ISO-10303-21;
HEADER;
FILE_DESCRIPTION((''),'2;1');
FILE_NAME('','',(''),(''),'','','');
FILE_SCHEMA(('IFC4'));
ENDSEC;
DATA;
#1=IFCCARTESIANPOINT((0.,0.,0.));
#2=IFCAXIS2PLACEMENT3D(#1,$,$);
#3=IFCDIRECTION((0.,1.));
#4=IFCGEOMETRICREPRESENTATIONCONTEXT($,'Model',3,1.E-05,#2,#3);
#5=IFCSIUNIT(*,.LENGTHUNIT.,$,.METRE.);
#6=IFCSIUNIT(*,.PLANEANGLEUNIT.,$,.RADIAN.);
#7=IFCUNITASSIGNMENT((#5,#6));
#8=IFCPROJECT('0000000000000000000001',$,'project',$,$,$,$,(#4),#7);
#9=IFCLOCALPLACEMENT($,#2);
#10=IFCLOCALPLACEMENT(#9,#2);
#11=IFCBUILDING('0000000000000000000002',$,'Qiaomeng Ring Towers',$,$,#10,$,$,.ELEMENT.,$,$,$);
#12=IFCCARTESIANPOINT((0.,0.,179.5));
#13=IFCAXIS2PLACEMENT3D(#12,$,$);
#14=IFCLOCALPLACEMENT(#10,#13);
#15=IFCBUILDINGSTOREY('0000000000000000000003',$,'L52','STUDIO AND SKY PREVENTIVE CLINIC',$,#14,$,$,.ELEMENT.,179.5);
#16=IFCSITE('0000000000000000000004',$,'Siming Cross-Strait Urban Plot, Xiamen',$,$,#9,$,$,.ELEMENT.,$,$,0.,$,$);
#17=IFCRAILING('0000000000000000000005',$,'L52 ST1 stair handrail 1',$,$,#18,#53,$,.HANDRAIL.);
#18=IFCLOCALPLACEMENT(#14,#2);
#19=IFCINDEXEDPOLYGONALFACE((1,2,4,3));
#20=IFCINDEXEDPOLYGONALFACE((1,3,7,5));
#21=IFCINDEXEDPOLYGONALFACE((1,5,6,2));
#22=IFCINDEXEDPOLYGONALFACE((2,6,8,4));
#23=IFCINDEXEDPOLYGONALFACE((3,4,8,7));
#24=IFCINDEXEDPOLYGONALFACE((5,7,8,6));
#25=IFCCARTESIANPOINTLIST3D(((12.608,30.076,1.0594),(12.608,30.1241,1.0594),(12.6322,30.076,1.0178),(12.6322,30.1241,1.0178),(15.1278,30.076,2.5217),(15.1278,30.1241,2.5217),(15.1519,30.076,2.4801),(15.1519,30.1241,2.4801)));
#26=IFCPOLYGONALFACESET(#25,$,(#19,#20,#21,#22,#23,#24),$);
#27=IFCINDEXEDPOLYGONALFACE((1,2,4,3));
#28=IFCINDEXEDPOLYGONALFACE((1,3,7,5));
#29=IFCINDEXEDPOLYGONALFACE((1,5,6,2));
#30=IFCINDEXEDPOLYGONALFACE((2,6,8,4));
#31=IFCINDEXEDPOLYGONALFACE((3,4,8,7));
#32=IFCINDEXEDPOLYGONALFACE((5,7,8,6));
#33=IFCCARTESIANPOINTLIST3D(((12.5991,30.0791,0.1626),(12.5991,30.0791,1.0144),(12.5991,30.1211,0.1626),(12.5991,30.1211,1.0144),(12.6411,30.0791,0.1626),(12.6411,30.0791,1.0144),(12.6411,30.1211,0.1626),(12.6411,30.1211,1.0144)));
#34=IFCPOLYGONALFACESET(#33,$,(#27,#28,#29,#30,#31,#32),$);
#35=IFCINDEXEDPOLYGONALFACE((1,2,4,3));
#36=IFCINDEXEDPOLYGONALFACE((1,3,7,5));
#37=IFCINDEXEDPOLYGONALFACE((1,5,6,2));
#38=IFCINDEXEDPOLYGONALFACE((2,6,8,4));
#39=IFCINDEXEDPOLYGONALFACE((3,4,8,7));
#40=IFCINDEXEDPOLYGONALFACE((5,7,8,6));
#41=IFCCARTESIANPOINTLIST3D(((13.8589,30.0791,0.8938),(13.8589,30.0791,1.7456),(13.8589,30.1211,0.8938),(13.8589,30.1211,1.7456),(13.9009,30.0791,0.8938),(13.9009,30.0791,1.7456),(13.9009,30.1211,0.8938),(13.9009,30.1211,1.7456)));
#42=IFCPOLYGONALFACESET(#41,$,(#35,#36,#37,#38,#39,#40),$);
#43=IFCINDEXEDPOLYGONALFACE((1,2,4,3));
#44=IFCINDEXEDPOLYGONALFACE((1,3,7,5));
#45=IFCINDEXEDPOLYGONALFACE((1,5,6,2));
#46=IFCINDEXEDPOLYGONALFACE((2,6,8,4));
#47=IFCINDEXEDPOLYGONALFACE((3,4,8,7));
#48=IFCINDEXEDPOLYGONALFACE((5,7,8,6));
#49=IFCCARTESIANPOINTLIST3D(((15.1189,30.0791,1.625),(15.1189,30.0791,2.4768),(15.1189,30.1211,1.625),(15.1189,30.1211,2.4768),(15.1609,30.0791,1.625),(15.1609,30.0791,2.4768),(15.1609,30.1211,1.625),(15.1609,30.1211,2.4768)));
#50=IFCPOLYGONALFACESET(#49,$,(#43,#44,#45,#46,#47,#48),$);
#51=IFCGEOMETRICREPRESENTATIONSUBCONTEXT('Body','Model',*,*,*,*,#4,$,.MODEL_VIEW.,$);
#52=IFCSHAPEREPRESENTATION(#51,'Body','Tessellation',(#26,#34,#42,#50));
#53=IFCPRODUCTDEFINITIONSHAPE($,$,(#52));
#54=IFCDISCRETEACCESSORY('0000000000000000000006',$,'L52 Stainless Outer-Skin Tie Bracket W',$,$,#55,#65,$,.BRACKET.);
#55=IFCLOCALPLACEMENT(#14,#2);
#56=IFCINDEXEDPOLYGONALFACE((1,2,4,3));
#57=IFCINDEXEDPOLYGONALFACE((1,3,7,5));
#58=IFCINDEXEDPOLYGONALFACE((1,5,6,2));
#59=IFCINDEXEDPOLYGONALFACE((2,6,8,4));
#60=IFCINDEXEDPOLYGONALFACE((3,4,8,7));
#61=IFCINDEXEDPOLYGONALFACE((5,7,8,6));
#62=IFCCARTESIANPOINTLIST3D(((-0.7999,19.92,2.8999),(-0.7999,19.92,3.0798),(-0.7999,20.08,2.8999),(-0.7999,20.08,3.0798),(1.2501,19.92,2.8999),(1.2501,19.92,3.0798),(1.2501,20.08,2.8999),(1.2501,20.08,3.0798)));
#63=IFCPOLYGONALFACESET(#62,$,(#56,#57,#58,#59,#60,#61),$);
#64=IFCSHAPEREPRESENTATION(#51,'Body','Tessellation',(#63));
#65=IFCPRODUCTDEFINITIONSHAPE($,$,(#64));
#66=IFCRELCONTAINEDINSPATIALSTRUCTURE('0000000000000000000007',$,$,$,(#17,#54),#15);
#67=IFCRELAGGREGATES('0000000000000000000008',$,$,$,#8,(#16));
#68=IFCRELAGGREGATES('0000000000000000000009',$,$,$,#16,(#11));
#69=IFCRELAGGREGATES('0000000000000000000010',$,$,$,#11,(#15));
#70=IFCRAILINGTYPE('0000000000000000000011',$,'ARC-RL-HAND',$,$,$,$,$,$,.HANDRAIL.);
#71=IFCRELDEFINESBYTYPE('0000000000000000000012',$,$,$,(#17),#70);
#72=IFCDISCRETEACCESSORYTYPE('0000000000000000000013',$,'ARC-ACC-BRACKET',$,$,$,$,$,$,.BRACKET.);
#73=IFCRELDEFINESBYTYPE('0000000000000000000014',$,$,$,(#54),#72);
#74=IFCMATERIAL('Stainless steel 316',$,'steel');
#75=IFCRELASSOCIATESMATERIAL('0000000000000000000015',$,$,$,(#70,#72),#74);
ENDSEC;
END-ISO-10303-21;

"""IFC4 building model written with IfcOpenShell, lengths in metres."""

from ifc_helpers import new_model, si_unit, direction, frame, origin, origin_2d, place, context, subcontext, project, spatial, rectangle, extrude, source, transform, mapped, material, type_object, element, save


model = new_model("IFC4")

# Units and contexts
model_context = context("Model", 3, precision=1e-05, world=origin(), true_north=direction((0.0, 1.0)))
body_context = subcontext(model_context, "Body", "Model", "MODEL_VIEW")
ifc_project = project(units=[si_unit("LENGTHUNIT", "METRE"), si_unit("PLANEANGLEUNIT", "RADIAN")], contexts=[model_context])

# Site, building, storey
site_placement = place(None, origin())
site = spatial("IfcSite", under=ifc_project, at=site_placement, Name="Siming Cross-Strait Urban Plot, Xiamen", CompositionType="ELEMENT", RefElevation=0.0)
building_placement = place(site_placement, origin())
building = spatial("IfcBuilding", under=site, at=building_placement, Name="Qiaomeng Ring Towers", CompositionType="ELEMENT")
storey_placement = place(building_placement, frame((0.0, 0.0, 179.5)))
storey = spatial("IfcBuildingStorey", under=building, at=storey_placement, Name="L52", Description="STUDIO AND SKY PREVENTIVE CLINIC", CompositionType="ELEMENT", Elevation=179.5)

# Shared definitions
ifc_material_1 = material(Name="Stainless steel 316", Category="steel")

# Railing
railing_type_1 = type_object("IfcRailingType", Name="ARC-RL-HAND", PredefinedType="HANDRAIL", material=ifc_material_1)
railing_1_placement = place(storey_placement, frame((12.6201, 30.1001, 0.1626)))
element("IfcRailing", 1, at=railing_1_placement, inside=storey, type_object=railing_type_1, Name="L52 ST1 stair handrail 1", PredefinedType="HANDRAIL", context=body_context, shape_type="SweptSolid", body=[
    extrude(rectangle(XDim=0.0481, YDim=0.0481, at=origin_2d()), frame((0.0, 0.0, 0.876), z_axis=(0.864892, 0.0, 0.501958), x_axis=(0.0, 1.0, 0.0)), (0.0, 0.0, 1.0), 2.9133),
    extrude(rectangle(XDim=0.042, YDim=0.042, at=origin_2d()), origin(), (0.0, 0.0, 1.0), 0.8518),
    extrude(rectangle(XDim=0.042, YDim=0.042, at=origin_2d()), frame((1.2598, 0.0, 0.7312)), (0.0, 0.0, 1.0), 0.8518),
    extrude(rectangle(XDim=0.042, YDim=0.042, at=origin_2d()), frame((2.5198, 0.0, 1.4624)), (0.0, 0.0, 1.0), 0.8518),
])

# Discrete accessory
discrete_accessory_type = type_object("IfcDiscreteAccessoryType", Name="ARC-ACC-BRACKET", PredefinedType="BRACKET", material=ifc_material_1)
shared_shape_1 = source(origin(), body_context, "Body", "SweptSolid", [
    extrude(rectangle(XDim=2.05, YDim=0.1599, at=origin_2d()), origin(), (0.0, 0.0, 1.0), 0.1799),
])
discrete_accessory_placement = place(storey_placement, frame((0.2251, 20.0, 2.8999), z_axis=(0.0, 0.0, 1.0), x_axis=(1.0, 0.0, 0.0)))
element("IfcDiscreteAccessory", 2, at=discrete_accessory_placement, inside=storey, type_object=discrete_accessory_type, Name="L52 Stainless Outer-Skin Tie Bracket W", PredefinedType="BRACKET", context=body_context, shape_type="MappedRepresentation", body=[
    mapped(shared_shape_1, transform((0.0, 0.0, 0.0), x_axis=(1.0, 0.0, 0.0), y_axis=(0.0, 1.0, 0.0), z_axis=(0.0, 0.0, 1.0), scale=1.0)),
])

save(model, "model.ifc")
